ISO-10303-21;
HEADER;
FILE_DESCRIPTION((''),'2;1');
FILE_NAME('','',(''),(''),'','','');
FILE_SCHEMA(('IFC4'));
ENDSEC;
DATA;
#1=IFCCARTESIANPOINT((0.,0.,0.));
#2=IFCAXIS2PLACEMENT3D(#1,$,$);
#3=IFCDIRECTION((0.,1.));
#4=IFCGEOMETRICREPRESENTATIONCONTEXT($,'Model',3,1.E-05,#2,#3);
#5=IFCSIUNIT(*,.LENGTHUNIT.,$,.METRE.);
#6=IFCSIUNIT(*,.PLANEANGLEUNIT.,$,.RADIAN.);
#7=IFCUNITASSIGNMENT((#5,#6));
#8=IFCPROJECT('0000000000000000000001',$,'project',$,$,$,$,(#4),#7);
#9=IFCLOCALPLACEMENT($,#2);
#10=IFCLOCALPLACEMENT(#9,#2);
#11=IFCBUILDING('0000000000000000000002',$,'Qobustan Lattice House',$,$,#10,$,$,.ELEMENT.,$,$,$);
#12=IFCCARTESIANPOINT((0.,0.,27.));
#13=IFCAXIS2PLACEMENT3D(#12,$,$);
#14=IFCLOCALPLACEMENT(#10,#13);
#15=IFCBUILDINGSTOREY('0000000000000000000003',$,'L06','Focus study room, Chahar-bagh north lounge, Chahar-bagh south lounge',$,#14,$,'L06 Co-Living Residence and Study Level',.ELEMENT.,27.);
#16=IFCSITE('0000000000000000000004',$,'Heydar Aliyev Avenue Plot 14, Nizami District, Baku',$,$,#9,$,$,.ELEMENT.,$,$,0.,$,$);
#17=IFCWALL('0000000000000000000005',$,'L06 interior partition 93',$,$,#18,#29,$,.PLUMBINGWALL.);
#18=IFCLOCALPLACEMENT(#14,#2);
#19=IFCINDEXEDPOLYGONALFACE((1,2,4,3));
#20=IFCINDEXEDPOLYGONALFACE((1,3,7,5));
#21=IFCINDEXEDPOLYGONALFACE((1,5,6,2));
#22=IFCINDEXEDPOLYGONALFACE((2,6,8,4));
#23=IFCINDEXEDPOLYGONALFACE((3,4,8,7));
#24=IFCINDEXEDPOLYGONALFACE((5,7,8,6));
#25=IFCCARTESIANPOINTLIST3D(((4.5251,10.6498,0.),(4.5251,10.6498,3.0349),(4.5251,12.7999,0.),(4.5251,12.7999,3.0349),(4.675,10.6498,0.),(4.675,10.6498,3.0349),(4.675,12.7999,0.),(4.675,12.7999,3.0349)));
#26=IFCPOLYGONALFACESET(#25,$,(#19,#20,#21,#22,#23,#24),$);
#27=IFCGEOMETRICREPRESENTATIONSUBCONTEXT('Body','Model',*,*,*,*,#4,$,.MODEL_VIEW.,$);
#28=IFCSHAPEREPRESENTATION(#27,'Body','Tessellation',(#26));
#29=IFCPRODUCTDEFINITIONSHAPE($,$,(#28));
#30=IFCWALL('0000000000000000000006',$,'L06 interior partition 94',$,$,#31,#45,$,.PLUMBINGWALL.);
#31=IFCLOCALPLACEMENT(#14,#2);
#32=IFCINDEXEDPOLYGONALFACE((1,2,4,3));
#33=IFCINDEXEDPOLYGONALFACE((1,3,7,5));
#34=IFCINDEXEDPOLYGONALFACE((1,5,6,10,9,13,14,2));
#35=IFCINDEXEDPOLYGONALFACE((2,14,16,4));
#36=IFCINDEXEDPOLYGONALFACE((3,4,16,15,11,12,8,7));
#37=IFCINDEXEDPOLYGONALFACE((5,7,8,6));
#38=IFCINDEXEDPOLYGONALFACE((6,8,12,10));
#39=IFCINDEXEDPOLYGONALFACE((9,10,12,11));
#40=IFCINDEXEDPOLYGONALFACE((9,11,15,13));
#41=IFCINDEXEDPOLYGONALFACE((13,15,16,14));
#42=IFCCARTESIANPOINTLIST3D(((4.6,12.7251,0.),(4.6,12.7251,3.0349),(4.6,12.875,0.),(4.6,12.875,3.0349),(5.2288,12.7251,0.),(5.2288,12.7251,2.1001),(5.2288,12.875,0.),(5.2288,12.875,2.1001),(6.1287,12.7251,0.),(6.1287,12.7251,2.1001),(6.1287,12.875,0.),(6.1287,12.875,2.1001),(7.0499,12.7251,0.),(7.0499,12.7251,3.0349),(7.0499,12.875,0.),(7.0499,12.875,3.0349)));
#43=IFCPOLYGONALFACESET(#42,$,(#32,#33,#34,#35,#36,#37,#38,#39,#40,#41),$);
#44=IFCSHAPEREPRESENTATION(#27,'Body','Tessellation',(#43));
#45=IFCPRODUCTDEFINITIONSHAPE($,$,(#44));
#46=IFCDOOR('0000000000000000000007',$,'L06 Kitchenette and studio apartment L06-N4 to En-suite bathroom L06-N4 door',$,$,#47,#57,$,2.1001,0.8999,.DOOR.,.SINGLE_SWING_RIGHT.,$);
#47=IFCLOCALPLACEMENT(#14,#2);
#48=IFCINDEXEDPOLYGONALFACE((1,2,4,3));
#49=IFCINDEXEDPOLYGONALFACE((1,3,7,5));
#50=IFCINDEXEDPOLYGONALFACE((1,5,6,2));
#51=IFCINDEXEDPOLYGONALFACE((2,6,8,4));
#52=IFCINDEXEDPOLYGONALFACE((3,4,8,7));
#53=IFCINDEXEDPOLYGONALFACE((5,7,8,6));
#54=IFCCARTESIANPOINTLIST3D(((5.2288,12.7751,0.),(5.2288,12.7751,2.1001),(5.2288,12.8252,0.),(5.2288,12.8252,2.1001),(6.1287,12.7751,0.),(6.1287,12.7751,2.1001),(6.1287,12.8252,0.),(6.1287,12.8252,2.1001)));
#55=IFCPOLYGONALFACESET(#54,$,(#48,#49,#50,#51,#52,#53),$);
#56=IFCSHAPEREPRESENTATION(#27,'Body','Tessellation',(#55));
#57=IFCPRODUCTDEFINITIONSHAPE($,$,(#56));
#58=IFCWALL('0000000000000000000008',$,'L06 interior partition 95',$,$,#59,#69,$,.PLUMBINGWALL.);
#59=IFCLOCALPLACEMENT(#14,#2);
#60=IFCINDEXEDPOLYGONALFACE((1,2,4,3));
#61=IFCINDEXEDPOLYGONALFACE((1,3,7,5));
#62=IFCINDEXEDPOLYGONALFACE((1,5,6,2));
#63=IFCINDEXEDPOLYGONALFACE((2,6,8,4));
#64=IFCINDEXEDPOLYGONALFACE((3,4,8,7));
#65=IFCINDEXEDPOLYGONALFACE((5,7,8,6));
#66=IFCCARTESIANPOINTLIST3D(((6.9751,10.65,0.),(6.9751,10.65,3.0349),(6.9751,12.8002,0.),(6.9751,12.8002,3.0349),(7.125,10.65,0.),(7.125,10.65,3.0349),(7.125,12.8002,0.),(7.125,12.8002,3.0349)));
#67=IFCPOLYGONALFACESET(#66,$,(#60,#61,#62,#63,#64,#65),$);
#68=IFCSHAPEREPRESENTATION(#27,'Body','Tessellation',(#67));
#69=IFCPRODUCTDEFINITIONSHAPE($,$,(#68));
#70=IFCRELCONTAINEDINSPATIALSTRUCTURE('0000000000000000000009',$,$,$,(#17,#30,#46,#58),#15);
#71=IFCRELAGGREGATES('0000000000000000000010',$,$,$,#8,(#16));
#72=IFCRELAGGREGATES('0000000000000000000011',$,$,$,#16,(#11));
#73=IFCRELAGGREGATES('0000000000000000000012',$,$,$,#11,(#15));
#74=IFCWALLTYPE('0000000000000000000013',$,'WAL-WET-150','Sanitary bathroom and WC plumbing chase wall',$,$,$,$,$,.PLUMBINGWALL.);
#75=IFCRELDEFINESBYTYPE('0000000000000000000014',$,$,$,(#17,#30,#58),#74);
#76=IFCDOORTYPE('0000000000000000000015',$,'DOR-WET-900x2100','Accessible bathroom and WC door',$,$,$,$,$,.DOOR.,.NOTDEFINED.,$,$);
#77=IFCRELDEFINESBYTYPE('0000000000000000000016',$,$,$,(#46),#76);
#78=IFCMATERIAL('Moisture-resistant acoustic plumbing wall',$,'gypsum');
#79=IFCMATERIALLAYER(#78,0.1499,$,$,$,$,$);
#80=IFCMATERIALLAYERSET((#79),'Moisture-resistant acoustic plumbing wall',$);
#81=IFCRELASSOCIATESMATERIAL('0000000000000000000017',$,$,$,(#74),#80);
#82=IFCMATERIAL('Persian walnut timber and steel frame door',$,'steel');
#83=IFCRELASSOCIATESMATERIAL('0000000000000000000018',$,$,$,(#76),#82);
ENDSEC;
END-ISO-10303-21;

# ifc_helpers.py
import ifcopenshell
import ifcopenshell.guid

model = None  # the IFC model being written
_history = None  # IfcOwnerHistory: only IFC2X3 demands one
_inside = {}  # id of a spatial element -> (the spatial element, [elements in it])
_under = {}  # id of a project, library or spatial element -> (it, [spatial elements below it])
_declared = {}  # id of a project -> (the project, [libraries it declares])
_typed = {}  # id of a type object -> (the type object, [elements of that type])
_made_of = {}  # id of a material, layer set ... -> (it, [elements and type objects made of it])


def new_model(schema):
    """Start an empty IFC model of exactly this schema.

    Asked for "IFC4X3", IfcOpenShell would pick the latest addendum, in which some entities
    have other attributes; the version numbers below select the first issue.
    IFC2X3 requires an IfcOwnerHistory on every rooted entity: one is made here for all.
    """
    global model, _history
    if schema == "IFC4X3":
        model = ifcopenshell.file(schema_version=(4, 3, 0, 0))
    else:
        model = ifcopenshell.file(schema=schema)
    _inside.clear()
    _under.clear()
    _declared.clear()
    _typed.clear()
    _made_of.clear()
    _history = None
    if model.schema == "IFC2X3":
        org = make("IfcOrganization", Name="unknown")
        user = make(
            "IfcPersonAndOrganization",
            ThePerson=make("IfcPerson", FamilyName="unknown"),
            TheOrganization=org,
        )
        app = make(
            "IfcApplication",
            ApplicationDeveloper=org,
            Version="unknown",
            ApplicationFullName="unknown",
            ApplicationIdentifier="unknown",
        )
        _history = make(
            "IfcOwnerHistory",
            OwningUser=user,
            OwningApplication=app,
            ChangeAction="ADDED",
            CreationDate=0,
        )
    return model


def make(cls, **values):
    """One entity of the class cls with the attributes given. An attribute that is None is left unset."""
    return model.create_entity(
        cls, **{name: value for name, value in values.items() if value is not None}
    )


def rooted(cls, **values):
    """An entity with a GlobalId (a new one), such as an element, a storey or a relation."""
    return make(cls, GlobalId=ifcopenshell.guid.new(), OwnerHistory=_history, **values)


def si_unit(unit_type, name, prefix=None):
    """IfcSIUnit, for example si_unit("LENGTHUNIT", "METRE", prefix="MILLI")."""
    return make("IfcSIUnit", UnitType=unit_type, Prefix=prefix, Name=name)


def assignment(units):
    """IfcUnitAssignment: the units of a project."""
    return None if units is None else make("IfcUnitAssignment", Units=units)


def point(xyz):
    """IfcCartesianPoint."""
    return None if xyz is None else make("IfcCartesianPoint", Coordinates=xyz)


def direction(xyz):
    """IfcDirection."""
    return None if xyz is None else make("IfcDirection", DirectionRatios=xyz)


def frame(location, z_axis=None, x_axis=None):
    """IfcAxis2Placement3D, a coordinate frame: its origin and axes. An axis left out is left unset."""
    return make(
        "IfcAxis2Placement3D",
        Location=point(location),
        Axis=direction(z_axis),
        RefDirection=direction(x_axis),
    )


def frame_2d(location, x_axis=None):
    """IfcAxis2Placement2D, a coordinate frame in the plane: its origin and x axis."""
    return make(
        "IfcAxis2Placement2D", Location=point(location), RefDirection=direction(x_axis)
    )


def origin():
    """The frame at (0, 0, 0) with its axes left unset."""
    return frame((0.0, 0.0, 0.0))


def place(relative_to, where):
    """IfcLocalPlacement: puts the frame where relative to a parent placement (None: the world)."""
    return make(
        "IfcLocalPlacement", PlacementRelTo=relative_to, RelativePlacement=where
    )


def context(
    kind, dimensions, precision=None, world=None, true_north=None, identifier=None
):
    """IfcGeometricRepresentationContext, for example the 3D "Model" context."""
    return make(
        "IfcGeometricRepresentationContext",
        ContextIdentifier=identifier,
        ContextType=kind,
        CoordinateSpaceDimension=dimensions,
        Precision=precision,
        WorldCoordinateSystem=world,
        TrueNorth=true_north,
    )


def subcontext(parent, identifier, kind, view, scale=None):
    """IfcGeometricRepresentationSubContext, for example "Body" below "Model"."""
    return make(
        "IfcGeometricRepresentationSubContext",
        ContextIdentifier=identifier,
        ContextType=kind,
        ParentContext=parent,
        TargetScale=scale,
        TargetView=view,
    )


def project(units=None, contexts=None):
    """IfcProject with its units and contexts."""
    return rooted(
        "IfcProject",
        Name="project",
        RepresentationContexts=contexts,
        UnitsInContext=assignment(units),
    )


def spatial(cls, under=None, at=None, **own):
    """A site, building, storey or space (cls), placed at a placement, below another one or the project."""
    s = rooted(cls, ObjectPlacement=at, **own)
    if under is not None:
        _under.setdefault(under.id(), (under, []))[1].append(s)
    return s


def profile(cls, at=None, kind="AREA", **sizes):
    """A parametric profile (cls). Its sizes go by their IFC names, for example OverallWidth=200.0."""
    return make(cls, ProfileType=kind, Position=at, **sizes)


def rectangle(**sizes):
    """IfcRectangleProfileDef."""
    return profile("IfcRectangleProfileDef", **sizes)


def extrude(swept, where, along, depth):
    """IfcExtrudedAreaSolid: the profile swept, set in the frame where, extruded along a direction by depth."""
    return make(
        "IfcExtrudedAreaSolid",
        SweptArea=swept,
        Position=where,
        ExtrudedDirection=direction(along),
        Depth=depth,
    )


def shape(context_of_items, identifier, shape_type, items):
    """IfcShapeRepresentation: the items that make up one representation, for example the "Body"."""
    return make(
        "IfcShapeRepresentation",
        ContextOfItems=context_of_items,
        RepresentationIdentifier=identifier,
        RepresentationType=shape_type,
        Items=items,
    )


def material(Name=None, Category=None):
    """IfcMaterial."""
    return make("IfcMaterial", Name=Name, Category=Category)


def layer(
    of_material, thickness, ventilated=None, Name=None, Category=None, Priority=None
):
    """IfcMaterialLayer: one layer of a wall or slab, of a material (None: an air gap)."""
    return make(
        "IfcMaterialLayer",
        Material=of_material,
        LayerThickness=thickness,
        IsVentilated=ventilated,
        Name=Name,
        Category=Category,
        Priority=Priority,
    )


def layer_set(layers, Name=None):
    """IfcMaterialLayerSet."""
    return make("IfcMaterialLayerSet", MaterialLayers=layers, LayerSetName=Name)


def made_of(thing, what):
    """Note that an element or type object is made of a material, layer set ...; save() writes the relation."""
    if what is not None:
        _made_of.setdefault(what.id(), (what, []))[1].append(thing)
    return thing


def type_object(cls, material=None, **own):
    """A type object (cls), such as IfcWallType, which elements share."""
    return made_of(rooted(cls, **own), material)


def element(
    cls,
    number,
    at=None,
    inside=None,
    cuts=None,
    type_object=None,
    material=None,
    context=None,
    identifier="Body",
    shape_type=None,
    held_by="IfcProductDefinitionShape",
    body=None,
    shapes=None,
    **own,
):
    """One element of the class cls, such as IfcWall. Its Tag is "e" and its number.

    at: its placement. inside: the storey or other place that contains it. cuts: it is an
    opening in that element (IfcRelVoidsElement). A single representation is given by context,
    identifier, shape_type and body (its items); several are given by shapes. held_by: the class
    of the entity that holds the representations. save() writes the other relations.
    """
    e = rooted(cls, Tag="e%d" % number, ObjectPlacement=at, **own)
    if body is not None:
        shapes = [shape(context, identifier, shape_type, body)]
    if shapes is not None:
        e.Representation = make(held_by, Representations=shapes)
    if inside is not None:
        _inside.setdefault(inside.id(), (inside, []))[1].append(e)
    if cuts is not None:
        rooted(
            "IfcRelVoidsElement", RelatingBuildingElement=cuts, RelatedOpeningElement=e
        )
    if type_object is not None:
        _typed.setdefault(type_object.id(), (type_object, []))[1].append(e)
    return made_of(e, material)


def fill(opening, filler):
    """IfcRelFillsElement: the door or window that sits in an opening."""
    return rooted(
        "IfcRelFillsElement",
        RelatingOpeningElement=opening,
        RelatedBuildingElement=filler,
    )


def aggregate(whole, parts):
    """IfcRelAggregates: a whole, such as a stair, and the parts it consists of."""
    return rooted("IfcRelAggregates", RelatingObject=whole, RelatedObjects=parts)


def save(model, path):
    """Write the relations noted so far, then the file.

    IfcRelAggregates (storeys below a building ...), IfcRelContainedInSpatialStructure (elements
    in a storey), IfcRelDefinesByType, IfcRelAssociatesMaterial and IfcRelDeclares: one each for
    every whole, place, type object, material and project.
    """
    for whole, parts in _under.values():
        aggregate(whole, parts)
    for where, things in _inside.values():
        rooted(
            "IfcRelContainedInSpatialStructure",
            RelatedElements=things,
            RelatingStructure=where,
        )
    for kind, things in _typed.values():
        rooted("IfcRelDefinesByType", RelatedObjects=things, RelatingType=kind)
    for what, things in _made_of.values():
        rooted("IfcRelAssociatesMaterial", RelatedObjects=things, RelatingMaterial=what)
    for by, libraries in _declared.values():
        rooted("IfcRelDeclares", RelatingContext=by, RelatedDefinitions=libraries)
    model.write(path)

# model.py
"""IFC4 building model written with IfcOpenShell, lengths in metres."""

from ifc_helpers import new_model, si_unit, direction, frame, frame_2d, origin, place, context, subcontext, project, spatial, rectangle, extrude, material, layer, layer_set, type_object, element, fill, save


model = new_model("IFC4")

# Units and contexts
model_context = context("Model", 3, precision=1e-05, world=origin(), true_north=direction((0.0, 1.0)))
body_context = subcontext(model_context, "Body", "Model", "MODEL_VIEW")
ifc_project = project(units=[si_unit("LENGTHUNIT", "METRE"), si_unit("PLANEANGLEUNIT", "RADIAN")], contexts=[model_context])

# Site, building, storey
site_placement = place(None, origin())
site = spatial("IfcSite", under=ifc_project, at=site_placement, Name="Heydar Aliyev Avenue Plot 14, Nizami District, Baku", CompositionType="ELEMENT", RefElevation=0.0)
building_placement = place(site_placement, origin())
building = spatial("IfcBuilding", under=site, at=building_placement, Name="Qobustan Lattice House", CompositionType="ELEMENT")
storey_placement = place(building_placement, frame((0.0, 0.0, 27.0)))
storey = spatial("IfcBuildingStorey", under=building, at=storey_placement, Name="L06", Description="Focus study room, Chahar-bagh north lounge, Chahar-bagh south lounge", LongName="L06 Co-Living Residence and Study Level", CompositionType="ELEMENT", Elevation=27.0)

# Wall
ifc_material_1 = material(Name="Moisture-resistant acoustic plumbing wall", Category="gypsum")
ifc_layer_1 = layer(ifc_material_1, 0.1499)
ifc_layer_set_1 = layer_set([ifc_layer_1], Name="Moisture-resistant acoustic plumbing wall")
wall_type_1 = type_object("IfcWallType", Name="WAL-WET-150", Description="Sanitary bathroom and WC plumbing chase wall", PredefinedType="PLUMBINGWALL", material=ifc_layer_set_1)
wall_1_placement = place(storey_placement, frame((4.6001, 12.8, 0.0), z_axis=(0.0, 0.0, 1.0), x_axis=(0.0, -1.0, 0.0)))
element("IfcWall", 1, at=wall_1_placement, inside=storey, type_object=wall_type_1, Name="L06 interior partition 93", PredefinedType="PLUMBINGWALL", context=body_context, shape_type="SweptSolid", body=[
    extrude(rectangle(XDim=2.1501, YDim=0.1499, at=frame_2d((1.0752, 0.0))), origin(), (0.0, 0.0, 1.0), 3.0349),
])

# Wall, opening, door
wall_2_placement = place(storey_placement, frame((7.05, 12.8, 0.0), z_axis=(0.0, 0.0, 1.0), x_axis=(-1.0, 0.0, 0.0)))
wall_2 = element("IfcWall", 2, at=wall_2_placement, inside=storey, type_object=wall_type_1, Name="L06 interior partition 94", PredefinedType="PLUMBINGWALL", context=body_context, shape_type="SweptSolid", body=[
    extrude(rectangle(XDim=2.45, YDim=0.1499, at=frame_2d((1.2251, 0.0))), origin(), (0.0, 0.0, 1.0), 3.0349),
])
opening_1_placement = place(wall_2_placement, frame((0.9214, 0.0, 0.0)))
opening_1 = element("IfcOpeningElement", 3, at=opening_1_placement, cuts=wall_2, PredefinedType="OPENING", context=body_context, shape_type="SweptSolid", body=[
    extrude(rectangle(XDim=0.8999, YDim=2.1001, at=frame_2d((0.45, 1.05))), frame((0.0, 0.085, 0.0), z_axis=(0.0, -1.0, 0.0), x_axis=(1.0, 0.0, 0.0)), (0.0, 0.0, 1.0), 0.1699),
])
ifc_material_2 = material(Name="Persian walnut timber and steel frame door", Category="steel")
door_type_1 = type_object("IfcDoorType", Name="DOR-WET-900x2100", Description="Accessible bathroom and WC door", OperationType="NOTDEFINED", PredefinedType="DOOR", material=ifc_material_2)
door_1_placement = place(opening_1_placement, origin())
door_1 = element("IfcDoor", 4, at=door_1_placement, inside=storey, type_object=door_type_1, Name="L06 Kitchenette and studio apartment L06-N4 to En-suite bathroom L06-N4 door", OperationType="SINGLE_SWING_RIGHT", OverallHeight=2.1001, OverallWidth=0.8999, PredefinedType="DOOR", context=body_context, shape_type="SweptSolid", body=[
    extrude(rectangle(XDim=0.8999, YDim=2.1001, at=frame_2d((0.45, 1.05))), frame((0.0, 0.0249, 0.0), z_axis=(0.0, -1.0, 0.0), x_axis=(1.0, 0.0, 0.0)), (0.0, 0.0, 1.0), 0.05),
])
fill(opening_1, door_1)

# Wall
wall_3_placement = place(storey_placement, frame((7.05, 10.6499, 0.0), z_axis=(0.0, 0.0, 1.0), x_axis=(0.0, 1.0, 0.0)))
element("IfcWall", 5, at=wall_3_placement, inside=storey, type_object=wall_type_1, Name="L06 interior partition 95", PredefinedType="PLUMBINGWALL", context=body_context, shape_type="SweptSolid", body=[
    extrude(rectangle(XDim=2.1501, YDim=0.1499, at=frame_2d((1.0752, 0.0))), origin(), (0.0, 0.0, 1.0), 3.0349),
])

save(model, "model.ifc")
